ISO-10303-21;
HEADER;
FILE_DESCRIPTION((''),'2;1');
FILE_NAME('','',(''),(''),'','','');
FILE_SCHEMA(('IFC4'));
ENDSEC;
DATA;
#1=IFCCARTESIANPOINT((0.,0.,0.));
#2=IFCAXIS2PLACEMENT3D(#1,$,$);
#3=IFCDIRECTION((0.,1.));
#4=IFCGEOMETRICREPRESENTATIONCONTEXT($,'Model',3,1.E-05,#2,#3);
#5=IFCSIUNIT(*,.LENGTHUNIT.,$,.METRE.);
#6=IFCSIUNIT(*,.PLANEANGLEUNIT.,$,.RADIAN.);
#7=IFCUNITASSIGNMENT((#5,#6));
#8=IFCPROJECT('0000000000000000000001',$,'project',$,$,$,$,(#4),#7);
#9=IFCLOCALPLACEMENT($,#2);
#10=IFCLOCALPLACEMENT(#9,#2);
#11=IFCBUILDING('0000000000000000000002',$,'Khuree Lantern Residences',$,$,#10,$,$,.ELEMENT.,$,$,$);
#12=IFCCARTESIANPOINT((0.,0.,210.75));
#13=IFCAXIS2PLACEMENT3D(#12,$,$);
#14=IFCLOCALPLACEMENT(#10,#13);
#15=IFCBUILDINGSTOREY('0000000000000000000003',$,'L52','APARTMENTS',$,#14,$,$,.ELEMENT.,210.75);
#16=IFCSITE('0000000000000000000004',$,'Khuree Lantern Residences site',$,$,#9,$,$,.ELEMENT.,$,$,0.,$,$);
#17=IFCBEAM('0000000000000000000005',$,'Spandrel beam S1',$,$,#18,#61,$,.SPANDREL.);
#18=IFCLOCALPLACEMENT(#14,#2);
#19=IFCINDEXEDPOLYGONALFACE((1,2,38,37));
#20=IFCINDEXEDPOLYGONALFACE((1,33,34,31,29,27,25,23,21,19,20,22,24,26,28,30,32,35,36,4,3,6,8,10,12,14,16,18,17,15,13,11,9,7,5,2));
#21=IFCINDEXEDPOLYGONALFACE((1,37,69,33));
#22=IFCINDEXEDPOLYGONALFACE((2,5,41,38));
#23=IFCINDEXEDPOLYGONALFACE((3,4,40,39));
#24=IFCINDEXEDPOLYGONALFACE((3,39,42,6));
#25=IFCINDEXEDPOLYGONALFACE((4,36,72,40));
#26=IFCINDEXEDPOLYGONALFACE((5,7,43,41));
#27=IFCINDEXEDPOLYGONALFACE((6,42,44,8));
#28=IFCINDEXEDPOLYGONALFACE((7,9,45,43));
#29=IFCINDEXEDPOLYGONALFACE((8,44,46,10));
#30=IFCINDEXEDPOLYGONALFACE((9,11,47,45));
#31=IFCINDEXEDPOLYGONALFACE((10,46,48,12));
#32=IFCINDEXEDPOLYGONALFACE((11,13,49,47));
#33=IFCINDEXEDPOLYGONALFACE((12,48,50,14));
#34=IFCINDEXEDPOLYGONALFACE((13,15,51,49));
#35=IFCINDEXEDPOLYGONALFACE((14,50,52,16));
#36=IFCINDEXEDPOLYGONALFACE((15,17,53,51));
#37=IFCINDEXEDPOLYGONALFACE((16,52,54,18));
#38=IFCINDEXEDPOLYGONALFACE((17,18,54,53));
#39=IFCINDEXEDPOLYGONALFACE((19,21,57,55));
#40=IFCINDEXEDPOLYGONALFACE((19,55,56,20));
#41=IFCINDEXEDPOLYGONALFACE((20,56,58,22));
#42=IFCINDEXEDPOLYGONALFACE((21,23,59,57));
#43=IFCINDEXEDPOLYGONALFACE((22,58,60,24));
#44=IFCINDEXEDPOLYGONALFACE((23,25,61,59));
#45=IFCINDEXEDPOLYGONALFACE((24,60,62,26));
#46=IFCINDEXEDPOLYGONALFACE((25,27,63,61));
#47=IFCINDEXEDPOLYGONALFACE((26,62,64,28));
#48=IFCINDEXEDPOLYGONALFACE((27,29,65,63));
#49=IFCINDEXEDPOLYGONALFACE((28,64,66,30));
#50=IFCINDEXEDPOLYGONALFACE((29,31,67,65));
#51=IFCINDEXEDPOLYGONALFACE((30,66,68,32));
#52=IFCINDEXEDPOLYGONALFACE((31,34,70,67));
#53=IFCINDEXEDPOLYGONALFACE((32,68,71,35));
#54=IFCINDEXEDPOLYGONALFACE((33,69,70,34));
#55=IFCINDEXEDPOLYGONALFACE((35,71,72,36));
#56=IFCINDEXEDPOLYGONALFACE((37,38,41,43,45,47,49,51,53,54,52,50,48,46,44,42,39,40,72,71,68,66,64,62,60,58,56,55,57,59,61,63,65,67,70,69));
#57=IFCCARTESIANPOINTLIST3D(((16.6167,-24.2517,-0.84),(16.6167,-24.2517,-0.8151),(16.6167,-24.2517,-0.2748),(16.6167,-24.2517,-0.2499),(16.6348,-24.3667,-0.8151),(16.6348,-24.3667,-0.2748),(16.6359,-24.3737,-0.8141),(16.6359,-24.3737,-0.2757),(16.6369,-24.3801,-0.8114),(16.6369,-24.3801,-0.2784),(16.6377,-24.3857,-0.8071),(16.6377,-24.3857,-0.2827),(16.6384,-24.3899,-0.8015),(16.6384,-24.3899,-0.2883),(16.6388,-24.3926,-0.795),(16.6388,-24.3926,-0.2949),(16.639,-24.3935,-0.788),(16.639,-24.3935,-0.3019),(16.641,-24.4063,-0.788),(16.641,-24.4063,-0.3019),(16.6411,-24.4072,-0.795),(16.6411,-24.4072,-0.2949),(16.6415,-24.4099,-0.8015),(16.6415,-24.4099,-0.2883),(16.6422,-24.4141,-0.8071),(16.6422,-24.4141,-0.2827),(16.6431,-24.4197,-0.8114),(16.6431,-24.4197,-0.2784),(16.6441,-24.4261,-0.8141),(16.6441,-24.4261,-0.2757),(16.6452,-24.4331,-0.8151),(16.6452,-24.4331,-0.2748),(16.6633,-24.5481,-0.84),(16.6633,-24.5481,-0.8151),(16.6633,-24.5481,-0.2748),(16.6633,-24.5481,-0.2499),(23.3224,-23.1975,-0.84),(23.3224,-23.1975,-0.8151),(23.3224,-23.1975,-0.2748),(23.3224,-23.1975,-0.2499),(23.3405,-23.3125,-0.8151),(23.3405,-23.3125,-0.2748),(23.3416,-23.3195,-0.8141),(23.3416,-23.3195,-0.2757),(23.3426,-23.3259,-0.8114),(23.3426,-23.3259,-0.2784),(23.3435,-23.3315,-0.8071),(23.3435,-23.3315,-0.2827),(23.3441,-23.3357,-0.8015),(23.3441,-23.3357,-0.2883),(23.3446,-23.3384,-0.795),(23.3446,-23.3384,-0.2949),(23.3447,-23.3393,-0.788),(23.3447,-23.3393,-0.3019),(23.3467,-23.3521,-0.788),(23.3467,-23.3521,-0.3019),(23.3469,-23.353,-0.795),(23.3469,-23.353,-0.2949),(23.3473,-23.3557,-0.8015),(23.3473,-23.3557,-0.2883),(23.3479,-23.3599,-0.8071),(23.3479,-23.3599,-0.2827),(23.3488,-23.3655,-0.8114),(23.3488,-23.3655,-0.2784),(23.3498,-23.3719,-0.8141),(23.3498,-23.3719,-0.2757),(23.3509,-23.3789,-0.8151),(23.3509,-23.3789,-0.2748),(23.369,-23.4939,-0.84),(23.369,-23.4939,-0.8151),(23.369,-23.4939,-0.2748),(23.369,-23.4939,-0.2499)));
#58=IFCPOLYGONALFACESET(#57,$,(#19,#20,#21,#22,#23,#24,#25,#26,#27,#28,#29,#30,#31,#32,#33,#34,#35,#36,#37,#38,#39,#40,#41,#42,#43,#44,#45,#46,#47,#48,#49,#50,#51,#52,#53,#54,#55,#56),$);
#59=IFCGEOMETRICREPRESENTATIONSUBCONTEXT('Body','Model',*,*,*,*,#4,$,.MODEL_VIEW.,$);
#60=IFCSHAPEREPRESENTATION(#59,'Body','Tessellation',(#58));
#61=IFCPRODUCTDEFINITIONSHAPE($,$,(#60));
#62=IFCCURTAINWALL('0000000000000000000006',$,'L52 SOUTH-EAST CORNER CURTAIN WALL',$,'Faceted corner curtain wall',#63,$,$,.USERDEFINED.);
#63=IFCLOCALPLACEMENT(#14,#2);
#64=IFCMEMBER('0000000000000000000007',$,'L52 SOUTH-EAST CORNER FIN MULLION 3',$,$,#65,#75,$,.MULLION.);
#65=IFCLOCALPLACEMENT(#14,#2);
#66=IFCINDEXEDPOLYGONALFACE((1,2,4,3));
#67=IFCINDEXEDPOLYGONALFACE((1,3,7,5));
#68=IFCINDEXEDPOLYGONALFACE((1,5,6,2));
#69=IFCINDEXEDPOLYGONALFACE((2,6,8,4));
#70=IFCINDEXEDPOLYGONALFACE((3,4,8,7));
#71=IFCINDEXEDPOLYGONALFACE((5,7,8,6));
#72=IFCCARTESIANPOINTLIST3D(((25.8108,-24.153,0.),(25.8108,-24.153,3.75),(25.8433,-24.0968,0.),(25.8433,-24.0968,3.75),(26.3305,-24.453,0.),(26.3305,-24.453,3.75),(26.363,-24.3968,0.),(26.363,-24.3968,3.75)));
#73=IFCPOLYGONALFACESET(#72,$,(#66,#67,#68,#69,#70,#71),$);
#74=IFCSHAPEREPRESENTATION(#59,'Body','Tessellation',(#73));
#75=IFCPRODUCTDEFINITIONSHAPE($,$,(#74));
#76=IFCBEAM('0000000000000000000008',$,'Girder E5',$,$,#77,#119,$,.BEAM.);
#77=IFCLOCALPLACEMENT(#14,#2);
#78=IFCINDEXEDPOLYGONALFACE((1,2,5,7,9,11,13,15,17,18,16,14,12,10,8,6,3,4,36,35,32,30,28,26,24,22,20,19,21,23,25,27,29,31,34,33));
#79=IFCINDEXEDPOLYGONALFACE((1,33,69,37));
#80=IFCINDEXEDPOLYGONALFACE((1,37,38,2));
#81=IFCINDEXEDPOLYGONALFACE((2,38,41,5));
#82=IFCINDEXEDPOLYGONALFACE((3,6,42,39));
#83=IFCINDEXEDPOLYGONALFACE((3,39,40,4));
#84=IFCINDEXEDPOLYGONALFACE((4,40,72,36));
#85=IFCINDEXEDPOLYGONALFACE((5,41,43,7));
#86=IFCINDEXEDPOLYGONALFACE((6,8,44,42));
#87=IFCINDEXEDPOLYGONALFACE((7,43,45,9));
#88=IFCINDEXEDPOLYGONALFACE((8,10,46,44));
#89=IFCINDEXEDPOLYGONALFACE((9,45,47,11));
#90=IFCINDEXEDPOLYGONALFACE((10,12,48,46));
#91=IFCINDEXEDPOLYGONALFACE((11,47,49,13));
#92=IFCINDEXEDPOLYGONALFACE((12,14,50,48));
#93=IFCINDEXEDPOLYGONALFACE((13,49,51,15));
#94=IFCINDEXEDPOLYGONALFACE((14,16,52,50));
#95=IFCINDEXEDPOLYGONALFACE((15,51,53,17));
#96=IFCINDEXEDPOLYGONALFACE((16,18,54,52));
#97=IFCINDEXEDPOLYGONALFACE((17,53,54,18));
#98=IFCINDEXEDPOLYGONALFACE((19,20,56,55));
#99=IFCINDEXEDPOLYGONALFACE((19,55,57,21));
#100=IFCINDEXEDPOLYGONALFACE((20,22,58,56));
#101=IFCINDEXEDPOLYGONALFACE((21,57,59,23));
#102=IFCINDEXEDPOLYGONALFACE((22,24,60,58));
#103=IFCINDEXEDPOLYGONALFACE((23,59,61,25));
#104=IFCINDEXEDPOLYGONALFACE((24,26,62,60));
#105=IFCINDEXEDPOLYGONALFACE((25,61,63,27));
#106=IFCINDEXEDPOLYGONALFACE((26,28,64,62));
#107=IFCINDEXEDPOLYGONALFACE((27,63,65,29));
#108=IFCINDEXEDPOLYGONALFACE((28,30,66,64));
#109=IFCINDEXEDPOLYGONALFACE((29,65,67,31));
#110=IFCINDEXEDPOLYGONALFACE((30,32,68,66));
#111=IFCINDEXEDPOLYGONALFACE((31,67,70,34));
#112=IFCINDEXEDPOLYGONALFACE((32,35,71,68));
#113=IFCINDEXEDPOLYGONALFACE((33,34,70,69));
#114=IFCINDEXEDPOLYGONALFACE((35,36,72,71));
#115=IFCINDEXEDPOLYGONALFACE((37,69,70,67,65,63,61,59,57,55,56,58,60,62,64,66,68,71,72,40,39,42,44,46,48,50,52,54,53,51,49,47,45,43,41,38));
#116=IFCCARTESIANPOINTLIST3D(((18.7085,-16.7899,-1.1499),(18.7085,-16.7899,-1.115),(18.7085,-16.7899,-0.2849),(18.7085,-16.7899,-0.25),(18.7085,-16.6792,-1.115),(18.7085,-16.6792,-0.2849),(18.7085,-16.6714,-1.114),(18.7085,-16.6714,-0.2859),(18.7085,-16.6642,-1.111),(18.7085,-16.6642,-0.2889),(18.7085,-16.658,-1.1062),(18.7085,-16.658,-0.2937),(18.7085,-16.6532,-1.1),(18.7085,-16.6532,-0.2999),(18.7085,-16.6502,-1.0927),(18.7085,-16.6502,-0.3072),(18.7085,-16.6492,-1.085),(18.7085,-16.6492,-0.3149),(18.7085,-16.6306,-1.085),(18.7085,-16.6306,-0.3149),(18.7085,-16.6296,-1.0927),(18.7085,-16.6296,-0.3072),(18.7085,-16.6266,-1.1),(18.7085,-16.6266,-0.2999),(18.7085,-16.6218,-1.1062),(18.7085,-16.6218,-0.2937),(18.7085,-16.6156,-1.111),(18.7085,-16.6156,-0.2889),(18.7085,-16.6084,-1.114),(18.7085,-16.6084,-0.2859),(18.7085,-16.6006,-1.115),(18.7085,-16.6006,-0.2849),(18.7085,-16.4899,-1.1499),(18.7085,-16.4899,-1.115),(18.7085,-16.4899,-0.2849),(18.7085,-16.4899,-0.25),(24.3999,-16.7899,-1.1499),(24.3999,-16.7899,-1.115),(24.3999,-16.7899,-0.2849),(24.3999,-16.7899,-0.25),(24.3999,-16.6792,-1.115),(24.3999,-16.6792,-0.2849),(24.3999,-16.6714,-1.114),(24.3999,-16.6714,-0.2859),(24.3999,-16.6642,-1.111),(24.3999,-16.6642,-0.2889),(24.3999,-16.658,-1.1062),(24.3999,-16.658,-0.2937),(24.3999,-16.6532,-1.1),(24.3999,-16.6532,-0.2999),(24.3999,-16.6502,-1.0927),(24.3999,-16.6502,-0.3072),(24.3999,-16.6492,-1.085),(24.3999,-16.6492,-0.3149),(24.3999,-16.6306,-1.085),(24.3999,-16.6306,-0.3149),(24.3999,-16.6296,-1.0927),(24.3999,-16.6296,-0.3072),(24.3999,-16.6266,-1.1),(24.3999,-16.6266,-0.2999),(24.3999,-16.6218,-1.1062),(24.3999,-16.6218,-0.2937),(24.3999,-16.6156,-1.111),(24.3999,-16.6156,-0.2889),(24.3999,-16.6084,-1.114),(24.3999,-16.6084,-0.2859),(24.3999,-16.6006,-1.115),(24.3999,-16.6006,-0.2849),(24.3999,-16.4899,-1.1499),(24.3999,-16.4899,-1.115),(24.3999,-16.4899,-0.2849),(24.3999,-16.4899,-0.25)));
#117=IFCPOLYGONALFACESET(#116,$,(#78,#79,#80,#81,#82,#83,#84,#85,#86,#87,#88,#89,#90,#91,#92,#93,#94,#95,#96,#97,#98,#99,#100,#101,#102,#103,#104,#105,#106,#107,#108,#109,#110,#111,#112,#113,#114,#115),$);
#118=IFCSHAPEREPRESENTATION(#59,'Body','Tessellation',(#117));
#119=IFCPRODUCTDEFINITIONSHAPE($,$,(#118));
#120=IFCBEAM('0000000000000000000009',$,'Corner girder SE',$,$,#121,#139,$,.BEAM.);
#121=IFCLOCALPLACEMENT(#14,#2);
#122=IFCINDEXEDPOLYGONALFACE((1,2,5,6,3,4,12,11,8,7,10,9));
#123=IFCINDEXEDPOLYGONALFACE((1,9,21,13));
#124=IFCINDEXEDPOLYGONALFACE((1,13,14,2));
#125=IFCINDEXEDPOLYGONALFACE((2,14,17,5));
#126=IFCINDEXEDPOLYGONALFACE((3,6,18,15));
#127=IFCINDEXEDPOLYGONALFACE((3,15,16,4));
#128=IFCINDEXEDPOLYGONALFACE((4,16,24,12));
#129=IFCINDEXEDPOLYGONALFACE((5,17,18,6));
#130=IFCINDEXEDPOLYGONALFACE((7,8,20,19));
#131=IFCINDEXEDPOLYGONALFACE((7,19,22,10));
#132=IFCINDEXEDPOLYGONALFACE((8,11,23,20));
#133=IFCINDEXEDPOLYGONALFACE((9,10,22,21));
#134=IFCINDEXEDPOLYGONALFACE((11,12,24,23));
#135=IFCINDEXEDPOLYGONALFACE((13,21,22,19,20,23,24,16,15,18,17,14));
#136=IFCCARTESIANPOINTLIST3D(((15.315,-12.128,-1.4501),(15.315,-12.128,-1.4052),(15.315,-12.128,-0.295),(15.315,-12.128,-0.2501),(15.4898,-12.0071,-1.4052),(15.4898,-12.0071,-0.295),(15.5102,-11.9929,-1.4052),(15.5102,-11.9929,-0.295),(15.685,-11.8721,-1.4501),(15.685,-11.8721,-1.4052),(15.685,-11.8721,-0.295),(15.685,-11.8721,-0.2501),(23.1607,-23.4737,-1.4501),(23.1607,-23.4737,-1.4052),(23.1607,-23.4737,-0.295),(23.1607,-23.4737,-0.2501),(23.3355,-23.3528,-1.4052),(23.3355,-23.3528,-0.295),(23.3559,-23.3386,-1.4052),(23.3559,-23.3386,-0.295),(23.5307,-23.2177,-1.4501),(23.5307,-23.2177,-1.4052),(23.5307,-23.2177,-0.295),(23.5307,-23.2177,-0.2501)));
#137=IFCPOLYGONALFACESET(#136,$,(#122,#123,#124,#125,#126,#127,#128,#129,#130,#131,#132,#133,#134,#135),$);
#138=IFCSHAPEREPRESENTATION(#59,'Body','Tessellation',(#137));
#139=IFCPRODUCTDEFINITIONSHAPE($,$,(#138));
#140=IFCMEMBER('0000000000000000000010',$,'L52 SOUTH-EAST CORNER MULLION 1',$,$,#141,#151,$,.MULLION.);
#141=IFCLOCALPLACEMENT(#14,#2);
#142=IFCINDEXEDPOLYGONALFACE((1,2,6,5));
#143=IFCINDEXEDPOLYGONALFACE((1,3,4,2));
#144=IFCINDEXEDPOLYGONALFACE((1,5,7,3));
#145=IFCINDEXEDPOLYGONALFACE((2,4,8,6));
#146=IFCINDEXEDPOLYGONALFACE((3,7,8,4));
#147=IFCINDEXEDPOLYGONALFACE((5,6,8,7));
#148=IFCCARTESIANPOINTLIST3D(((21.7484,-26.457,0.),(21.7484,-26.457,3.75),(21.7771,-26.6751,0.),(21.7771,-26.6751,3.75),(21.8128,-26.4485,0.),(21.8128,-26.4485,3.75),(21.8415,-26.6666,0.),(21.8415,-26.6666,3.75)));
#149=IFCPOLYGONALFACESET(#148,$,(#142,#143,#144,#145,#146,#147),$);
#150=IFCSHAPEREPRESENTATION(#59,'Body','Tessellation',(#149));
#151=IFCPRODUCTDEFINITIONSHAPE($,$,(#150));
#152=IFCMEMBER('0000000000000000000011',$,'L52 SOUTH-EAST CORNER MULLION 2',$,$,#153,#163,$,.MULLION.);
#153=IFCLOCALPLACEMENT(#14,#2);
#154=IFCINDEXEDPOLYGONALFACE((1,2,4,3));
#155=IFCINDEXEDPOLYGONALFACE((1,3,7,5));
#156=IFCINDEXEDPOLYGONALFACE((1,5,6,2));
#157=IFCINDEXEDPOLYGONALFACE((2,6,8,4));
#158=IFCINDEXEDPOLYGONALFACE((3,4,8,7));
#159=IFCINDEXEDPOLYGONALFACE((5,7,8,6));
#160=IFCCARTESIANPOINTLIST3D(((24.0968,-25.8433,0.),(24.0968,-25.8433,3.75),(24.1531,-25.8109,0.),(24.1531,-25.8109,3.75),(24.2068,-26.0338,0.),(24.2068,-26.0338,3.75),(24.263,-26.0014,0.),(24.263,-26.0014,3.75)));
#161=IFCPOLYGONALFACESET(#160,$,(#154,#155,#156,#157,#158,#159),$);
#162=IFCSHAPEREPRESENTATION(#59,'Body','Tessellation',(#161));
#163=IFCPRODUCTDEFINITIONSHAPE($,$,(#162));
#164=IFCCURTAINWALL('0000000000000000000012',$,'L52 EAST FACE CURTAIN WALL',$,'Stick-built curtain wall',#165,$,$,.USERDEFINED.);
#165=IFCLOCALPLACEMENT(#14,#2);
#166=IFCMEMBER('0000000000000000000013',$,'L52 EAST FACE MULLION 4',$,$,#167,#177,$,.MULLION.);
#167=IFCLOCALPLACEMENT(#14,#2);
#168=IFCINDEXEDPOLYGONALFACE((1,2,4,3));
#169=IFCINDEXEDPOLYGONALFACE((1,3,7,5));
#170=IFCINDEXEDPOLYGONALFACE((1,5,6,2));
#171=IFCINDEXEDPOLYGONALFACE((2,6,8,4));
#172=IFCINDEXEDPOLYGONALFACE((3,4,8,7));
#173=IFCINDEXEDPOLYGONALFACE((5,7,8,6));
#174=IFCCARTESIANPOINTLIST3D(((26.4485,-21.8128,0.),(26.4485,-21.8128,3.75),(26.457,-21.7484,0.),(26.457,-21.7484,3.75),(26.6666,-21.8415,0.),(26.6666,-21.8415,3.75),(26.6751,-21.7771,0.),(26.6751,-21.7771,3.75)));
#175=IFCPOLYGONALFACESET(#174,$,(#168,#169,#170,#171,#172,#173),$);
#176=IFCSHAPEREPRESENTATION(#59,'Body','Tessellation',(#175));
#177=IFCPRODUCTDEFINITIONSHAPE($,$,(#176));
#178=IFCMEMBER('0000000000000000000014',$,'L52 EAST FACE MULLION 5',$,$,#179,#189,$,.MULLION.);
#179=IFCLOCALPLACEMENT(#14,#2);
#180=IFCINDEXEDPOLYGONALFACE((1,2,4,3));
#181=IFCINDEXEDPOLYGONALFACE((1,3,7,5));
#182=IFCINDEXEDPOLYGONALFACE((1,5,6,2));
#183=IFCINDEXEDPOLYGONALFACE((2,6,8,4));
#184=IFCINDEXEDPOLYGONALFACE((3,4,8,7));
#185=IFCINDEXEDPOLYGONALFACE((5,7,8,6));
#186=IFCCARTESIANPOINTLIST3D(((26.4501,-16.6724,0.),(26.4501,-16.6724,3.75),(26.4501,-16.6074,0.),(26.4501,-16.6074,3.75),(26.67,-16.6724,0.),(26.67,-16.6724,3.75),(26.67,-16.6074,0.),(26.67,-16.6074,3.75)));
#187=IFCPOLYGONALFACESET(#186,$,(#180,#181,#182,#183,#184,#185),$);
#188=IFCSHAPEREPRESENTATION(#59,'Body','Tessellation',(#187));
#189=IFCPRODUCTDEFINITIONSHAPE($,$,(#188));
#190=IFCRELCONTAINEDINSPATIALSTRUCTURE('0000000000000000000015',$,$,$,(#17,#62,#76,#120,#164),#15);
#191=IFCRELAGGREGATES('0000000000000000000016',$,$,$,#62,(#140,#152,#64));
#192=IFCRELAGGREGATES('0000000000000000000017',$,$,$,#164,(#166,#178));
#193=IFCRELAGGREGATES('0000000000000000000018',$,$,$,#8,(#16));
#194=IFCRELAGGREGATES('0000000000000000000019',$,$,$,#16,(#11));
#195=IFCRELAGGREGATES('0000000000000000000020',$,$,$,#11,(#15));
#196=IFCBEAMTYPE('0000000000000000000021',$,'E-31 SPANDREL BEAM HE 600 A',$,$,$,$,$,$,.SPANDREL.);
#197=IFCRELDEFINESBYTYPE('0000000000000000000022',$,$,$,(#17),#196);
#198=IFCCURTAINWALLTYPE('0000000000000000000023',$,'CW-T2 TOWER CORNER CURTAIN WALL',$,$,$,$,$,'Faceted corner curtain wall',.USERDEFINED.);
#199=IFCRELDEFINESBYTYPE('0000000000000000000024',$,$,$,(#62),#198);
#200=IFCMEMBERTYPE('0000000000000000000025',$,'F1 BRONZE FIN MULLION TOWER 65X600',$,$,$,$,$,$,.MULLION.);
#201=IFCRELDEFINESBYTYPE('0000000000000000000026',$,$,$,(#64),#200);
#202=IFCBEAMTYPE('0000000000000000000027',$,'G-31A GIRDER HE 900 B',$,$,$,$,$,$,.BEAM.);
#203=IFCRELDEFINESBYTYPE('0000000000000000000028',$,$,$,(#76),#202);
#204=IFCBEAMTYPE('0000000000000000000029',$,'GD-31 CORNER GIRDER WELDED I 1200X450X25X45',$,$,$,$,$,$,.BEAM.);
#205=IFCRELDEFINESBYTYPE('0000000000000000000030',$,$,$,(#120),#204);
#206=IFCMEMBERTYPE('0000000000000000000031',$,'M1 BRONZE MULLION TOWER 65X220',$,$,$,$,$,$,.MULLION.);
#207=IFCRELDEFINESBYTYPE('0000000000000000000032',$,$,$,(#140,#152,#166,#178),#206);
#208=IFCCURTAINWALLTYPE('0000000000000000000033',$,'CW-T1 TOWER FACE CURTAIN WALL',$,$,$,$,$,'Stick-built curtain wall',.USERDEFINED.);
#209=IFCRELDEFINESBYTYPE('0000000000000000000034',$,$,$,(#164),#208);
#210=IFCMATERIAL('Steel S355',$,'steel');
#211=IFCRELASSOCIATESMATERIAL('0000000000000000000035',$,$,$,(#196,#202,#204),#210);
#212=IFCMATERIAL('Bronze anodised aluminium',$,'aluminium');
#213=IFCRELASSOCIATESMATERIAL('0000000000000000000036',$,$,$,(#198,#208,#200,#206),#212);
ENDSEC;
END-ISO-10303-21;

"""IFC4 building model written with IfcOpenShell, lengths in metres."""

from ifc_helpers import new_model, si_unit, direction, frame, origin, origin_2d, place, context, subcontext, project, spatial, rectangle, i_section, extrude, material, material_profile, profile_set, type_object, element, aggregate, save


model = new_model("IFC4")

# Units and contexts
model_context = context("Model", 3, precision=1e-05, world=origin(), true_north=direction((0.0, 1.0)))
body_context = subcontext(model_context, "Body", "Model", "MODEL_VIEW")
ifc_project = project(units=[si_unit("LENGTHUNIT", "METRE"), si_unit("PLANEANGLEUNIT", "RADIAN")], contexts=[model_context])

# Site, building, storey
site_placement = place(None, origin())
site = spatial("IfcSite", under=ifc_project, at=site_placement, Name="Khuree Lantern Residences site", CompositionType="ELEMENT", RefElevation=0.0)
building_placement = place(site_placement, origin())
building = spatial("IfcBuilding", under=site, at=building_placement, Name="Khuree Lantern Residences", CompositionType="ELEMENT")
storey_placement = place(building_placement, frame((0.0, 0.0, 210.75)))
storey = spatial("IfcBuildingStorey", under=building, at=storey_placement, Name="L52", Description="APARTMENTS", CompositionType="ELEMENT", Elevation=210.75)

# Beam
ifc_material_1 = material(Name="Steel S355", Category="steel")
ifc_material_profile_1 = material_profile(ifc_material_1, i_section(OverallWidth=0.3, OverallDepth=0.5901, WebThickness=0.0129, FlangeThickness=0.0249, FilletRadius=0.0271, at=origin_2d()), Name="HE 600 A")
ifc_profile_set_1 = profile_set([ifc_material_profile_1], Name="Steel S355")
beam_type_1 = type_object("IfcBeamType", Name="E-31 SPANDREL BEAM HE 600 A", PredefinedType="SPANDREL", material=ifc_profile_set_1)
for number, where, z_axis, x_axis, name in (
    (1, (23.3457, -23.3457, -0.5449), (-0.987867, -0.1553, 0.0), (0.1553, -0.987867, 0.0), "Spandrel beam S1"),
):
    element("IfcBeam", number, at=place(storey_placement, frame(where, z_axis=z_axis, x_axis=x_axis)), inside=storey, type_object=beam_type_1, Name=name, PredefinedType="SPANDREL", context=body_context, shape_type="SweptSolid", body=[
        extrude(i_section(OverallWidth=0.3, OverallDepth=0.5901, WebThickness=0.0129, FlangeThickness=0.0249, FilletRadius=0.0271, at=origin_2d()), origin(), (0.0, 0.0, 1.0), 6.7881),
    ])

# Curtain wall, member
ifc_material_2 = material(Name="Bronze anodised aluminium", Category="aluminium")
curtain_wall_type_1 = type_object("IfcCurtainWallType", Name="CW-T2 TOWER CORNER CURTAIN WALL", ElementType="Faceted corner curtain wall", PredefinedType="USERDEFINED", material=ifc_material_2)
curtain_wall_1_placement = place(storey_placement, origin())
curtain_wall_1 = element("IfcCurtainWall", 2, at=curtain_wall_1_placement, inside=storey, type_object=curtain_wall_type_1, Name="L52 SOUTH-EAST CORNER CURTAIN WALL", ObjectType="Faceted corner curtain wall", PredefinedType="USERDEFINED")
ifc_material_profile_2 = material_profile(ifc_material_2, rectangle(XDim=0.0649, YDim=0.6001, at=origin_2d()), Name="F1 65X600")
ifc_profile_set_2 = profile_set([ifc_material_profile_2], Name="Bronze anodised aluminium")
member_type_1 = type_object("IfcMemberType", Name="F1 BRONZE FIN MULLION TOWER 65X600", PredefinedType="MULLION", material=ifc_profile_set_2)
member_1_placement = place(storey_placement, frame((26.0869, -24.2749, 0.0), z_axis=(0.0, 0.0, 1.0), x_axis=(0.5, 0.866025, 0.0)))
member_1 = element("IfcMember", 3, at=member_1_placement, type_object=member_type_1, Name="L52 SOUTH-EAST CORNER FIN MULLION 3", PredefinedType="MULLION", context=body_context, shape_type="SweptSolid", body=[
    extrude(rectangle(XDim=0.0649, YDim=0.6001, at=origin_2d()), origin(), (0.0, 0.0, 1.0), 3.75),
])

# Beams
ifc_material_profile_3 = material_profile(ifc_material_1, i_section(OverallWidth=0.3, OverallDepth=0.8999, WebThickness=0.0186, FlangeThickness=0.0349, FilletRadius=0.03, at=origin_2d()), Name="HE 900 B")
ifc_profile_set_3 = profile_set([ifc_material_profile_3], Name="Steel S355")
beam_type_2 = type_object("IfcBeamType", Name="G-31A GIRDER HE 900 B", PredefinedType="BEAM", material=ifc_profile_set_3)
beam_1_placement = place(storey_placement, frame((24.3999, -16.6399, -0.7), z_axis=(-1.0, 0.0, 0.0), x_axis=(0.0, -1.0, 0.0)))
element("IfcBeam", 4, at=beam_1_placement, inside=storey, type_object=beam_type_2, Name="Girder E5", PredefinedType="BEAM", context=body_context, shape_type="SweptSolid", body=[
    extrude(i_section(OverallWidth=0.3, OverallDepth=0.8999, WebThickness=0.0186, FlangeThickness=0.0349, FilletRadius=0.03, at=origin_2d()), origin(), (0.0, 0.0, 1.0), 5.6914),
])
ifc_material_profile_4 = material_profile(ifc_material_1, i_section(OverallWidth=0.45, OverallDepth=1.2, WebThickness=0.0249, FlangeThickness=0.0449, at=origin_2d()), Name="WELDED I 1200X450X25X45")
ifc_profile_set_4 = profile_set([ifc_material_profile_4], Name="Steel S355")
beam_type_3 = type_object("IfcBeamType", Name="GD-31 CORNER GIRDER WELDED I 1200X450X25X45", PredefinedType="BEAM", material=ifc_profile_set_4)
beam_2_placement = place(storey_placement, frame((23.3457, -23.3457, -0.8501), z_axis=(-0.568768, 0.822498, 0.0), x_axis=(-0.822498, -0.568768, 0.0)))
element("IfcBeam", 5, at=beam_2_placement, inside=storey, type_object=beam_type_3, Name="Corner girder SE", PredefinedType="BEAM", context=body_context, shape_type="SweptSolid", body=[
    extrude(i_section(OverallWidth=0.45, OverallDepth=1.2, WebThickness=0.0249, FlangeThickness=0.0449, at=origin_2d()), origin(), (0.0, 0.0, 1.0), 13.7942),
])

# Members
ifc_material_profile_5 = material_profile(ifc_material_2, rectangle(XDim=0.0649, YDim=0.22, at=origin_2d()), Name="M1 65X220")
ifc_profile_set_5 = profile_set([ifc_material_profile_5], Name="Bronze anodised aluminium")
member_type_2 = type_object("IfcMemberType", Name="M1 BRONZE MULLION TOWER 65X220", PredefinedType="MULLION", material=ifc_profile_set_5)
member_2_placement = place(storey_placement, frame((21.7949, -26.5618, 0.0), z_axis=(0.0, 0.0, 1.0), x_axis=(0.991445, 0.130526, 0.0)))
member_2 = element("IfcMember", 6, at=member_2_placement, type_object=member_type_2, Name="L52 SOUTH-EAST CORNER MULLION 1", PredefinedType="MULLION", context=body_context, shape_type="SweptSolid", body=[
    extrude(rectangle(XDim=0.0649, YDim=0.22, at=origin_2d()), origin(), (0.0, 0.0, 1.0), 3.75),
])
member_3_placement = place(storey_placement, frame((24.1799, -25.9224, 0.0), z_axis=(0.0, 0.0, 1.0), x_axis=(0.866025, 0.5, 0.0)))
member_3 = element("IfcMember", 7, at=member_3_placement, type_object=member_type_2, Name="L52 SOUTH-EAST CORNER MULLION 2", PredefinedType="MULLION", context=body_context, shape_type="SweptSolid", body=[
    extrude(rectangle(XDim=0.0649, YDim=0.22, at=origin_2d()), origin(), (0.0, 0.0, 1.0), 3.75),
])

# Curtain wall, members
curtain_wall_type_2 = type_object("IfcCurtainWallType", Name="CW-T1 TOWER FACE CURTAIN WALL", ElementType="Stick-built curtain wall", PredefinedType="USERDEFINED", material=ifc_material_2)
curtain_wall_2_placement = place(storey_placement, origin())
curtain_wall_2 = element("IfcCurtainWall", 8, at=curtain_wall_2_placement, inside=storey, type_object=curtain_wall_type_2, Name="L52 EAST FACE CURTAIN WALL", ObjectType="Stick-built curtain wall", PredefinedType="USERDEFINED")
member_4_placement = place(storey_placement, frame((26.5618, -21.7949, 0.0), z_axis=(0.0, 0.0, 1.0), x_axis=(0.130526, 0.991445, 0.0)))
member_4 = element("IfcMember", 9, at=member_4_placement, type_object=member_type_2, Name="L52 EAST FACE MULLION 4", PredefinedType="MULLION", context=body_context, shape_type="SweptSolid", body=[
    extrude(rectangle(XDim=0.0649, YDim=0.22, at=origin_2d()), origin(), (0.0, 0.0, 1.0), 3.75),
])
member_5_placement = place(storey_placement, frame((26.5601, -16.6399, 0.0), z_axis=(0.0, 0.0, 1.0), x_axis=(0.0, 1.0, 0.0)))
member_5 = element("IfcMember", 10, at=member_5_placement, type_object=member_type_2, Name="L52 EAST FACE MULLION 5", PredefinedType="MULLION", context=body_context, shape_type="SweptSolid", body=[
    extrude(rectangle(XDim=0.0649, YDim=0.22, at=origin_2d()), origin(), (0.0, 0.0, 1.0), 3.75),
])

aggregate(curtain_wall_1, [member_2, member_3, member_1])
aggregate(curtain_wall_2, [member_4, member_5])

save(model, "model.ifc")
